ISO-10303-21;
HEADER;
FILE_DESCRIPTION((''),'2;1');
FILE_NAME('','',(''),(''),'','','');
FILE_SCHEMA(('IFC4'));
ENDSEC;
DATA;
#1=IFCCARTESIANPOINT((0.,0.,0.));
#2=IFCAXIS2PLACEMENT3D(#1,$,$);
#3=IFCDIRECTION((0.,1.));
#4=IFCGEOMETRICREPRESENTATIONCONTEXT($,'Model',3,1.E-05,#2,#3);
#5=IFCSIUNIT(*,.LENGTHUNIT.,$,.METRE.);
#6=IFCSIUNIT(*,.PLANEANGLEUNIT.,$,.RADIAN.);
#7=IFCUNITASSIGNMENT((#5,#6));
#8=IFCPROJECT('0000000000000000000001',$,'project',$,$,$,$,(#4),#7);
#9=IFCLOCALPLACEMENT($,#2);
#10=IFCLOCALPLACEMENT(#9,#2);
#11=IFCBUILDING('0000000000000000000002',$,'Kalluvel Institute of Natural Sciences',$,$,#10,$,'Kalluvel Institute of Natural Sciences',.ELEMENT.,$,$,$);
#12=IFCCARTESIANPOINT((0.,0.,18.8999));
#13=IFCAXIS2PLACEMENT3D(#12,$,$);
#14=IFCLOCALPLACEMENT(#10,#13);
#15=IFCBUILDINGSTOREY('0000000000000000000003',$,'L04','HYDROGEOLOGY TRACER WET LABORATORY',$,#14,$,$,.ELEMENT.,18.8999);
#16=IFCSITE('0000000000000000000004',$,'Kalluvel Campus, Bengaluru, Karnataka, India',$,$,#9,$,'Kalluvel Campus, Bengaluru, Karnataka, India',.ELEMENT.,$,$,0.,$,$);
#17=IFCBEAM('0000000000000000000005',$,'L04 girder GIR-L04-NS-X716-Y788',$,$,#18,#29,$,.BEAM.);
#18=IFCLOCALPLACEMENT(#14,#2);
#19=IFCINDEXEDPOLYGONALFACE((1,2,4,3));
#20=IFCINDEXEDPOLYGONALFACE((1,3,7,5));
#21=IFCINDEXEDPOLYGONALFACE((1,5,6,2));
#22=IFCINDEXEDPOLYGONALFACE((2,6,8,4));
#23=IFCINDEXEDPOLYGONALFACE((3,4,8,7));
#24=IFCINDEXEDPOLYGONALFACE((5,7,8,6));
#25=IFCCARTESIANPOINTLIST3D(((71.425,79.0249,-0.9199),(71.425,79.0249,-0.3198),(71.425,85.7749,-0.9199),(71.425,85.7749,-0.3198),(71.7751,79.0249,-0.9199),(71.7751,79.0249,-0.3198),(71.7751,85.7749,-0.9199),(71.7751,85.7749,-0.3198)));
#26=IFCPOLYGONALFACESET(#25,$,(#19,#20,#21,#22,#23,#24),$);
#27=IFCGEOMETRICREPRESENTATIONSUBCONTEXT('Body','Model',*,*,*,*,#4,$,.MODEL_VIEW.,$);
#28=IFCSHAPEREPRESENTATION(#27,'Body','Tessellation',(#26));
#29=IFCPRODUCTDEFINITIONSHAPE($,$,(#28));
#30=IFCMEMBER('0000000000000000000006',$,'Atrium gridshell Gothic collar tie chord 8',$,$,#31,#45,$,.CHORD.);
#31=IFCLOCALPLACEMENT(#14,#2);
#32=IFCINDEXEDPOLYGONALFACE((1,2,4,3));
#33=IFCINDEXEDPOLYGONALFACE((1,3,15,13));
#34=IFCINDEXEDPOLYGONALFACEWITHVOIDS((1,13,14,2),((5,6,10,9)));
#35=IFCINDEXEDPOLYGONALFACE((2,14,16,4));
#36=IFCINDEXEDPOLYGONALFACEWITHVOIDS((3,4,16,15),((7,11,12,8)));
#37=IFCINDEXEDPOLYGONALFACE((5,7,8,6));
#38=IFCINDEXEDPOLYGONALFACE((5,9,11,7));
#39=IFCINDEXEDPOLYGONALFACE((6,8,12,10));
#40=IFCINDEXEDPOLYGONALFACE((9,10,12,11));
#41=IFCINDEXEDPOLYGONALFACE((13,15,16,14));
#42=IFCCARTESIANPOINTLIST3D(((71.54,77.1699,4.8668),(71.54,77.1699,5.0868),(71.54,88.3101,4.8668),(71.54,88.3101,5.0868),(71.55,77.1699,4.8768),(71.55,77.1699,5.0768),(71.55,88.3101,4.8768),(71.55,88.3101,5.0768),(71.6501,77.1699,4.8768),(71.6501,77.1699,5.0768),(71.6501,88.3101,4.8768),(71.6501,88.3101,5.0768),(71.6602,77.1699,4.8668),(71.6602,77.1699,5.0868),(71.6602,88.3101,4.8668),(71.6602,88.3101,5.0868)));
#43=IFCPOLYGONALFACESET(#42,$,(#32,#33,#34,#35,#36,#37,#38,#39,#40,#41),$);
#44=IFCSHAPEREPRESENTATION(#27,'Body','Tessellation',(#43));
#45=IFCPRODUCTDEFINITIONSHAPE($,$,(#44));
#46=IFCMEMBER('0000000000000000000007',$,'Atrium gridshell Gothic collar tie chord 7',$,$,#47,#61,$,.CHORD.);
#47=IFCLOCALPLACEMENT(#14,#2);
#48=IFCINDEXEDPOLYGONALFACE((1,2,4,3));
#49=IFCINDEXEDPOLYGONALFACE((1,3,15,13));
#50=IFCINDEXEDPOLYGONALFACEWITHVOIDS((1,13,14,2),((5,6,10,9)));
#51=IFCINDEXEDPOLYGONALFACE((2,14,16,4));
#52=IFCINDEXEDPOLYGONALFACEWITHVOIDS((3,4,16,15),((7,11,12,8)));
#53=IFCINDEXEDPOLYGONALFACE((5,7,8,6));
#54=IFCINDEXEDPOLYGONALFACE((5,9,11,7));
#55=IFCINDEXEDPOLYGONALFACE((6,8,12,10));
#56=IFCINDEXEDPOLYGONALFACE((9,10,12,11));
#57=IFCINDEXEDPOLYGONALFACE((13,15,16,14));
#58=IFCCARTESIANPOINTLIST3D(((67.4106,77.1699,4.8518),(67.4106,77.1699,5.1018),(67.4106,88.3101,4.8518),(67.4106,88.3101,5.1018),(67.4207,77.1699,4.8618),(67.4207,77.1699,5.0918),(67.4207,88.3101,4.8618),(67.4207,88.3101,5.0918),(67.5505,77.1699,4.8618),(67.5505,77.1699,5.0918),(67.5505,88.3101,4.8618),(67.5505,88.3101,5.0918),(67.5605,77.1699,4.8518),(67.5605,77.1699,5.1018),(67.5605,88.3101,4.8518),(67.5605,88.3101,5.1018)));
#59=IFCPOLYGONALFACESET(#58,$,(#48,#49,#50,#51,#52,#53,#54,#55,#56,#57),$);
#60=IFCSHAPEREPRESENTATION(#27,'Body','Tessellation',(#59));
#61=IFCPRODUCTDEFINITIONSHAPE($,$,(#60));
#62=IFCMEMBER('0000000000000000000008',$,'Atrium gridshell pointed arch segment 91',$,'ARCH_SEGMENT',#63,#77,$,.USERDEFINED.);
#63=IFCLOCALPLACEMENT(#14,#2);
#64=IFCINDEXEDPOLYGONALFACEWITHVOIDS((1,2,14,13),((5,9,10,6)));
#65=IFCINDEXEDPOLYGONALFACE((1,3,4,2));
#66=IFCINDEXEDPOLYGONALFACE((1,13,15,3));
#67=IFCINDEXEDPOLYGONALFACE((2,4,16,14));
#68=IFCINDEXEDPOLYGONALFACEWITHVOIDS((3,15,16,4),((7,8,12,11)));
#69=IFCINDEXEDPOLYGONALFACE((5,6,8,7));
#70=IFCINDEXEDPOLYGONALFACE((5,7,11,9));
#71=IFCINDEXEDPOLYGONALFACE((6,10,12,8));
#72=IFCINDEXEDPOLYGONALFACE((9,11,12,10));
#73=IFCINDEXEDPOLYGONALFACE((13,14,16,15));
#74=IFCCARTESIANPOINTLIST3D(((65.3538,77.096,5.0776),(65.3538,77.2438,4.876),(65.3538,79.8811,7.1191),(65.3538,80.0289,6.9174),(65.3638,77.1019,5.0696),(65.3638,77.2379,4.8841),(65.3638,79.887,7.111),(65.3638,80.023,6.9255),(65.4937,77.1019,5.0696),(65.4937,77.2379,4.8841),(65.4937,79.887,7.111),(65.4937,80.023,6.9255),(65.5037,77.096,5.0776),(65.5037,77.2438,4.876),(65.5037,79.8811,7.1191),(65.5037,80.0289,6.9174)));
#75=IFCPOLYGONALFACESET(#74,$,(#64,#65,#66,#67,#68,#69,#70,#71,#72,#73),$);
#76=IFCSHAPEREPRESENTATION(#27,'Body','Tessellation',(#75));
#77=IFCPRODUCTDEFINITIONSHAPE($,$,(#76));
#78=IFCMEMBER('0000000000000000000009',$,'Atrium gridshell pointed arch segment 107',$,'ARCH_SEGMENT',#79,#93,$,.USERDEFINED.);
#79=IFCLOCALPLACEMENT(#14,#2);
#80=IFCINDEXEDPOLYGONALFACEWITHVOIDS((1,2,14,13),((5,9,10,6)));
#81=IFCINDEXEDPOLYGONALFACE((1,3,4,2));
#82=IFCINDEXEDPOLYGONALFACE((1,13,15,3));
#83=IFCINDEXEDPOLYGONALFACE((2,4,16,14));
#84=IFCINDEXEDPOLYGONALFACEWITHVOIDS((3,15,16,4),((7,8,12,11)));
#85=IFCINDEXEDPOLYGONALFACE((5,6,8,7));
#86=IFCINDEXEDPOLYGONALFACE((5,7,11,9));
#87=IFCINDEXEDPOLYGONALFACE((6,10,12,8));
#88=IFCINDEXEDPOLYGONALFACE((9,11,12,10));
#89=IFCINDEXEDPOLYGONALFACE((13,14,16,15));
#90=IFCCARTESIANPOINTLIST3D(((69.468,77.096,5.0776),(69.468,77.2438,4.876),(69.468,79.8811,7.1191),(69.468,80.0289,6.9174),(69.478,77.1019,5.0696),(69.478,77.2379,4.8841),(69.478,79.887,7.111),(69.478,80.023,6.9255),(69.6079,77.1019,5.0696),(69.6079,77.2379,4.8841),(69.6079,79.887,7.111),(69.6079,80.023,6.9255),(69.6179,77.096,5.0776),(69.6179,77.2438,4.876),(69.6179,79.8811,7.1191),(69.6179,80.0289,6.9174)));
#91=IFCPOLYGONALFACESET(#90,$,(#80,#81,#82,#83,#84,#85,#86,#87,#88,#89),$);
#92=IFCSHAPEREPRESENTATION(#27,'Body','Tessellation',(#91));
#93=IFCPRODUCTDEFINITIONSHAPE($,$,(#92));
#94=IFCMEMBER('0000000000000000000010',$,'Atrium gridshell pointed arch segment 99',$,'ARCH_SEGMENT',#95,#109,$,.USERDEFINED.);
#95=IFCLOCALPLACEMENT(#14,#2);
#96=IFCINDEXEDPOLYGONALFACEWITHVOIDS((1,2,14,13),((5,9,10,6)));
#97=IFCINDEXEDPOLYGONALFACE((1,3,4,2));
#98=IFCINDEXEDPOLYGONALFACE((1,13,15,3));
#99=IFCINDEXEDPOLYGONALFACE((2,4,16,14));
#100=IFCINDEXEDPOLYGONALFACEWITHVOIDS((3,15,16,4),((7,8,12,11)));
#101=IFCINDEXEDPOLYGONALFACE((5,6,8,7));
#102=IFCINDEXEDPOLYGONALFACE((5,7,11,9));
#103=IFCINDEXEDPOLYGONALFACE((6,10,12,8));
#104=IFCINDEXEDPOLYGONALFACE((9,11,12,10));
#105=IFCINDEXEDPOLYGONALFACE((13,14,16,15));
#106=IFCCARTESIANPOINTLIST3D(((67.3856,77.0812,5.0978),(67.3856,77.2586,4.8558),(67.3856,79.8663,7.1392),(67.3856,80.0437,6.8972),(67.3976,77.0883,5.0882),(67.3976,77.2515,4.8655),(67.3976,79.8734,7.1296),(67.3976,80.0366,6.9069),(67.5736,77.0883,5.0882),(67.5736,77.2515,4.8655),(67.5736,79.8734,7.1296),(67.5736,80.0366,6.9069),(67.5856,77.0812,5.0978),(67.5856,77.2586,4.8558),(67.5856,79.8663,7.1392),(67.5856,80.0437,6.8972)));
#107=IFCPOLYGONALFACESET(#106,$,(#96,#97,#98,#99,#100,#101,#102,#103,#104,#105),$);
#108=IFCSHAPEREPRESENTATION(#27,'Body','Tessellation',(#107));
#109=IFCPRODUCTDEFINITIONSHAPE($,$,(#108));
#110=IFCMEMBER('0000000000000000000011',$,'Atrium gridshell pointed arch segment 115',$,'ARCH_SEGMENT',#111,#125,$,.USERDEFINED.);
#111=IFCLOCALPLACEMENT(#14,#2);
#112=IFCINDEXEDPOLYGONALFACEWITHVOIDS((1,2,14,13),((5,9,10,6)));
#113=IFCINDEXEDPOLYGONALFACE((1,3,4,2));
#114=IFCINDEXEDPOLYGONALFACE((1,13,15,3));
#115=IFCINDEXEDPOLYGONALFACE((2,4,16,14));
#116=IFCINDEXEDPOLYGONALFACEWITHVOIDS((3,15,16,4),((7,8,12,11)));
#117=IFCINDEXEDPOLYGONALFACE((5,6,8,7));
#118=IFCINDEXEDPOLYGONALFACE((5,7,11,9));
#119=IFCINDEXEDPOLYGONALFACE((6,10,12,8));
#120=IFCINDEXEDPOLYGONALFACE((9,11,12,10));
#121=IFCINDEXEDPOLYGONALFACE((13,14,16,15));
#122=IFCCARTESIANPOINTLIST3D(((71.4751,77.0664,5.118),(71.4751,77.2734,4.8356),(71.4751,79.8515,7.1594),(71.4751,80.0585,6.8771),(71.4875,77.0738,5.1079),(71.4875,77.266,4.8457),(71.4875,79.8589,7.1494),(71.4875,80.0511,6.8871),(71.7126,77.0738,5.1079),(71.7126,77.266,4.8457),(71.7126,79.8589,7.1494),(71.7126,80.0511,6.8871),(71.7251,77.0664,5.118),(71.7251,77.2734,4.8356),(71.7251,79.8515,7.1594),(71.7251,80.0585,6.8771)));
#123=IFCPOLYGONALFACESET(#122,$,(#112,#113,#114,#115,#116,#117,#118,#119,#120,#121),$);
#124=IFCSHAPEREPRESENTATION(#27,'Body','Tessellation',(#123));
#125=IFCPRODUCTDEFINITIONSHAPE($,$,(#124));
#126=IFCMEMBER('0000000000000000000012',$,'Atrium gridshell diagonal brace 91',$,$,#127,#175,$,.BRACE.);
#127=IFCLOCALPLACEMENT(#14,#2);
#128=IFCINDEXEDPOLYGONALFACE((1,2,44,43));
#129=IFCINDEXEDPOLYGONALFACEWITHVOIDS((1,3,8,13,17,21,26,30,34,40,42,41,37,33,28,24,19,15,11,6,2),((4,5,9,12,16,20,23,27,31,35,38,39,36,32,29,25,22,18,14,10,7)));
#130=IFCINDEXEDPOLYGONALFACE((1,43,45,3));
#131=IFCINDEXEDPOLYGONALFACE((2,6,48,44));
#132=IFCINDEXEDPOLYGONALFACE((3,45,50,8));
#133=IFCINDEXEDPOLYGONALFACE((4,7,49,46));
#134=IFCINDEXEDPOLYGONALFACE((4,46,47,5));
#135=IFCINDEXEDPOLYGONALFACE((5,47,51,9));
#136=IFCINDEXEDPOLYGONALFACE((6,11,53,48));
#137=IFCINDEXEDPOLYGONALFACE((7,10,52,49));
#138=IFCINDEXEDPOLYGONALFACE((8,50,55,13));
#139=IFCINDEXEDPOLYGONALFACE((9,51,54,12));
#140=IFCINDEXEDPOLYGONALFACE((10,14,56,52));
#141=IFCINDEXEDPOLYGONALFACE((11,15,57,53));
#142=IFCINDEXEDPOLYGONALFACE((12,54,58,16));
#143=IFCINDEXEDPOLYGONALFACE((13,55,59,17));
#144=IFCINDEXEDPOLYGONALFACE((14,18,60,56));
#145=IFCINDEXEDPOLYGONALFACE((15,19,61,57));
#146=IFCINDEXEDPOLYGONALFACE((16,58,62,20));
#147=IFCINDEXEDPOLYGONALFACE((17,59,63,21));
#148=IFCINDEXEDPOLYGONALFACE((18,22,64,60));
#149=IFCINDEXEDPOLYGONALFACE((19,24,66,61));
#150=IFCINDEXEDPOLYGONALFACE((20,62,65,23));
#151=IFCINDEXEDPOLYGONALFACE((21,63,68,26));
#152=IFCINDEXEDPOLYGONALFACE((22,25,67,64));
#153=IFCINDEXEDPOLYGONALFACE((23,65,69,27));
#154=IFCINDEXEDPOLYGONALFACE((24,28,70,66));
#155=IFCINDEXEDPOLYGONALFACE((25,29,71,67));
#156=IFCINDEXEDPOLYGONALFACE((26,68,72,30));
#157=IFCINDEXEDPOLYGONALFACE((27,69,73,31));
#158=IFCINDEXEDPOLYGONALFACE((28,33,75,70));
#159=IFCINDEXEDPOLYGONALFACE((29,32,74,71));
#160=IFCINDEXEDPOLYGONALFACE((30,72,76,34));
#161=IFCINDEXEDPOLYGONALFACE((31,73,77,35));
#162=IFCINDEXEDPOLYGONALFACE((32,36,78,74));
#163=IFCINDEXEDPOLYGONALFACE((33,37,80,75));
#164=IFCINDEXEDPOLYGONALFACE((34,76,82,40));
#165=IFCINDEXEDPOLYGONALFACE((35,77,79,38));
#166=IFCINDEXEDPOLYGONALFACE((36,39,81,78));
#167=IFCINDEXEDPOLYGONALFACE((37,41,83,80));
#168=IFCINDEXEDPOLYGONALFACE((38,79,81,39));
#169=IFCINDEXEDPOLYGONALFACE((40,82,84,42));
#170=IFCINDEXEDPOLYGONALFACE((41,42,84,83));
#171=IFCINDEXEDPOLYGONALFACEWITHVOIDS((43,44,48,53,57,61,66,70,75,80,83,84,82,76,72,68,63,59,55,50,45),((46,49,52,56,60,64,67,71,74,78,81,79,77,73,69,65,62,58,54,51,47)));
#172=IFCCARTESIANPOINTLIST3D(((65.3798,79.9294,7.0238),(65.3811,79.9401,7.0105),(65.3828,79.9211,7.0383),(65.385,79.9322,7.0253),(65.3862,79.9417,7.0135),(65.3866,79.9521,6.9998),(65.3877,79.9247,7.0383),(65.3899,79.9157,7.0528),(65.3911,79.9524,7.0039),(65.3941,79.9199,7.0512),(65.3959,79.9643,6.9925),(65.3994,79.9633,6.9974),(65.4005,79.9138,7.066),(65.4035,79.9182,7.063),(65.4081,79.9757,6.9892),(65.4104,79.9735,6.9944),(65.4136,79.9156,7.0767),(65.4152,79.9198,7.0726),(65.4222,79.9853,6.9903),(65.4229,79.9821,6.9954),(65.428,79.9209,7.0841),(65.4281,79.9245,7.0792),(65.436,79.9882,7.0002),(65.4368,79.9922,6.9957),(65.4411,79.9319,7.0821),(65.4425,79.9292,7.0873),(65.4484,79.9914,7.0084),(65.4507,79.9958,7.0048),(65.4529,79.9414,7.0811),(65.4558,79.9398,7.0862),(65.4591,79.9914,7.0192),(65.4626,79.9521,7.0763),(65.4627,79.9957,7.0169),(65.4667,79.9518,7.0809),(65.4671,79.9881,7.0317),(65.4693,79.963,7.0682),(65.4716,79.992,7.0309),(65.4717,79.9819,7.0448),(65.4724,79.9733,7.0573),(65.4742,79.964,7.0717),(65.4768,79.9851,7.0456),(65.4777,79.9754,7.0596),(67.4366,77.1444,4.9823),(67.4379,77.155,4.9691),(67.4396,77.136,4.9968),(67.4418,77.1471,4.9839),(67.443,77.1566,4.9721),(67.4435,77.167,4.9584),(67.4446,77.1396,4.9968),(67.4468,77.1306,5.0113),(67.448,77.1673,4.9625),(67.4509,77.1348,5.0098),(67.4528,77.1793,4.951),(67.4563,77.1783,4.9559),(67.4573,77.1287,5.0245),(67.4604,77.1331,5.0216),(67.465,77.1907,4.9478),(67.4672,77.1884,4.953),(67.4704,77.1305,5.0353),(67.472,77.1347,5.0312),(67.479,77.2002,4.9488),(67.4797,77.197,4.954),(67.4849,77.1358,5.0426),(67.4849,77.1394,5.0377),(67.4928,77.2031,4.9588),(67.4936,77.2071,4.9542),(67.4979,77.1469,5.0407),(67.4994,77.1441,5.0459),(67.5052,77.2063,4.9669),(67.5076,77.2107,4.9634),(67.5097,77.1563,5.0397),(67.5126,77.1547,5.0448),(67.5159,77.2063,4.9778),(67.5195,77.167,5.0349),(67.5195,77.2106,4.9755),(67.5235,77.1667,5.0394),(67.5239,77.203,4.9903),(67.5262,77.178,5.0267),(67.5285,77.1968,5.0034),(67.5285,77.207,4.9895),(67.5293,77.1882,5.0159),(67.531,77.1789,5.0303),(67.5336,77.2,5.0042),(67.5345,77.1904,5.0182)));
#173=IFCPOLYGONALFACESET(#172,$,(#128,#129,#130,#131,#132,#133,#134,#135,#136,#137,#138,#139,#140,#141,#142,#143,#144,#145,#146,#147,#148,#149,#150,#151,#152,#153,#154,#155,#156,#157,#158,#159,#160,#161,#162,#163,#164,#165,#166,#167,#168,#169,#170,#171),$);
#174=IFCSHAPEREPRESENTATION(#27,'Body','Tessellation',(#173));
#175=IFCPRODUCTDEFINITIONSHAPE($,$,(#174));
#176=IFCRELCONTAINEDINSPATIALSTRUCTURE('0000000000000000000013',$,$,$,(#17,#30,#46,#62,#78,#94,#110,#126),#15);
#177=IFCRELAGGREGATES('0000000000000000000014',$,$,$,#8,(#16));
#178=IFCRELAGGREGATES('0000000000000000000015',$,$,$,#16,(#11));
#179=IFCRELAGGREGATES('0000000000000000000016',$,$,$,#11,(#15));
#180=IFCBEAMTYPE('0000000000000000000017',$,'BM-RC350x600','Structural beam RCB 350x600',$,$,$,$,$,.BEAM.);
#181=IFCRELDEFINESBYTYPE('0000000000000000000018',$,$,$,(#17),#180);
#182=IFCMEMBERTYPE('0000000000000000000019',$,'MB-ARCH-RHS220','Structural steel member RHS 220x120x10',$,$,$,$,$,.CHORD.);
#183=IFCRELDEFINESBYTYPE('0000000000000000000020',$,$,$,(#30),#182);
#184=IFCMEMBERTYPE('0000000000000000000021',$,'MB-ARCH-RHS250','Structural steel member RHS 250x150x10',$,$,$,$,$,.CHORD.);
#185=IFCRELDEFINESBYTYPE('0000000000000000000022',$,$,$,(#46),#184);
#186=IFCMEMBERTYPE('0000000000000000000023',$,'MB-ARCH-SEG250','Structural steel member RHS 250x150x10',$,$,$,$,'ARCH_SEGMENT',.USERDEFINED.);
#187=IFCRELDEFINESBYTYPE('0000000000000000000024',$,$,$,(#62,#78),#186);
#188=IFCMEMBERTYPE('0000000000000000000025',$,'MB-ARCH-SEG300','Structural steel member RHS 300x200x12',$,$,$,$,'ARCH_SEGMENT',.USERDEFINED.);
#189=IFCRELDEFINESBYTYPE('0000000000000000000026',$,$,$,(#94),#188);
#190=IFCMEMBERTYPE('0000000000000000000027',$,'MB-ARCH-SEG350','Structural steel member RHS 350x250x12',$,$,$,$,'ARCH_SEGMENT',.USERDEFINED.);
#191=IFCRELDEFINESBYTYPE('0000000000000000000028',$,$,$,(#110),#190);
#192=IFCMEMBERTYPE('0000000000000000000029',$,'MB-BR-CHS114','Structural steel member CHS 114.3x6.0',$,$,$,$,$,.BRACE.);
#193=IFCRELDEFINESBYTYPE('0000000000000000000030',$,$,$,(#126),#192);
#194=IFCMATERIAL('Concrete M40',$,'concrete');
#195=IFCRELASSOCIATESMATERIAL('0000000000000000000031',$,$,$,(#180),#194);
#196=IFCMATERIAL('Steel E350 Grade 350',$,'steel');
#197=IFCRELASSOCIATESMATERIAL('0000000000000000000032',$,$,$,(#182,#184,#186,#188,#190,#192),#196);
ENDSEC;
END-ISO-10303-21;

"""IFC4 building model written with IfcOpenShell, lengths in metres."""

from ifc_helpers import new_model, si_unit, direction, frame, origin, origin_2d, place, context, subcontext, project, spatial, rectangle, hollow_rectangle, hollow_circle, extrude, material, material_profile, profile_set, type_object, element, save


model = new_model("IFC4")

# Units and contexts
model_context = context("Model", 3, precision=1e-05, world=origin(), true_north=direction((0.0, 1.0)))
body_context = subcontext(model_context, "Body", "Model", "MODEL_VIEW")
ifc_project = project(units=[si_unit("LENGTHUNIT", "METRE"), si_unit("PLANEANGLEUNIT", "RADIAN")], contexts=[model_context])

# Site, building, storey
site_placement = place(None, origin())
site = spatial("IfcSite", under=ifc_project, at=site_placement, Name="Kalluvel Campus, Bengaluru, Karnataka, India", LongName="Kalluvel Campus, Bengaluru, Karnataka, India", CompositionType="ELEMENT", RefElevation=0.0)
building_placement = place(site_placement, origin())
building = spatial("IfcBuilding", under=site, at=building_placement, Name="Kalluvel Institute of Natural Sciences", LongName="Kalluvel Institute of Natural Sciences", CompositionType="ELEMENT")
storey_placement = place(building_placement, frame((0.0, 0.0, 18.8999)))
storey = spatial("IfcBuildingStorey", under=building, at=storey_placement, Name="L04", Description="HYDROGEOLOGY TRACER WET LABORATORY", CompositionType="ELEMENT", Elevation=18.8999)

# Beam
ifc_material_1 = material(Name="Concrete M40", Category="concrete")
ifc_material_profile_1 = material_profile(ifc_material_1, rectangle(XDim=0.3501, YDim=0.6001, at=origin_2d()), Name="RCB 350x600")
ifc_profile_set_1 = profile_set([ifc_material_profile_1], Name="Concrete M40")
beam_type = type_object("IfcBeamType", Name="BM-RC350x600", Description="Structural beam RCB 350x600", PredefinedType="BEAM", material=ifc_profile_set_1)
beam_placement = place(storey_placement, frame((71.6001, 79.0249, -0.6199), z_axis=(0.0, 1.0, 0.0), x_axis=(-1.0, 0.0, 0.0)))
element("IfcBeam", 1, at=beam_placement, inside=storey, type_object=beam_type, Name="L04 girder GIR-L04-NS-X716-Y788", PredefinedType="BEAM", context=body_context, shape_type="SweptSolid", body=[
    extrude(rectangle(XDim=0.3501, YDim=0.6001, at=origin_2d()), origin(), (0.0, 0.0, 1.0), 6.75),
])

# Members
ifc_material_2 = material(Name="Steel E350 Grade 350", Category="steel")
ifc_material_profile_2 = material_profile(ifc_material_2, hollow_rectangle(XDim=0.1201, YDim=0.22, WallThickness=0.01, at=origin_2d()), Name="RHS 220x120x10")
ifc_profile_set_2 = profile_set([ifc_material_profile_2], Name="Steel E350 Grade 350")
member_type_1 = type_object("IfcMemberType", Name="MB-ARCH-RHS220", Description="Structural steel member RHS 220x120x10", PredefinedType="CHORD", material=ifc_profile_set_2)
member_1_placement = place(storey_placement, frame((71.6001, 77.1699, 4.9768), z_axis=(0.0, 1.0, 0.0), x_axis=(-1.0, 0.0, 0.0)))
element("IfcMember", 2, at=member_1_placement, inside=storey, type_object=member_type_1, Name="Atrium gridshell Gothic collar tie chord 8", PredefinedType="CHORD", context=body_context, shape_type="SweptSolid", body=[
    extrude(hollow_rectangle(XDim=0.1201, YDim=0.22, WallThickness=0.01, at=origin_2d()), origin(), (0.0, 0.0, 1.0), 11.1401),
])
ifc_material_profile_3 = material_profile(ifc_material_2, hollow_rectangle(XDim=0.1499, YDim=0.25, WallThickness=0.01, at=origin_2d()), Name="RHS 250x150x10")
ifc_profile_set_3 = profile_set([ifc_material_profile_3], Name="Steel E350 Grade 350")
member_type_2 = type_object("IfcMemberType", Name="MB-ARCH-RHS250", Description="Structural steel member RHS 250x150x10", PredefinedType="CHORD", material=ifc_profile_set_3)
member_2_placement = place(storey_placement, frame((67.4856, 77.1699, 4.9768), z_axis=(0.0, 1.0, 0.0), x_axis=(-1.0, 0.0, 0.0)))
element("IfcMember", 3, at=member_2_placement, inside=storey, type_object=member_type_2, Name="Atrium gridshell Gothic collar tie chord 7", PredefinedType="CHORD", context=body_context, shape_type="SweptSolid", body=[
    extrude(hollow_rectangle(XDim=0.1499, YDim=0.25, WallThickness=0.01, at=origin_2d()), origin(), (0.0, 0.0, 1.0), 11.1401),
])
ifc_material_profile_4 = material_profile(ifc_material_2, hollow_rectangle(XDim=0.1499, YDim=0.25, WallThickness=0.01, at=origin_2d()), Name="RHS 250x150x10")
ifc_profile_set_4 = profile_set([ifc_material_profile_4], Name="Steel E350 Grade 350")
member_type_3 = type_object("IfcMemberType", Name="MB-ARCH-SEG250", Description="Structural steel member RHS 250x150x10", ElementType="ARCH_SEGMENT", PredefinedType="USERDEFINED", material=ifc_profile_set_4)
for number, where, z_axis, x_axis, name in (
    (4, (65.4287, 77.1699, 4.9768), (0.0, 0.806535, 0.591186), (-1.0, 0.0, 0.0), "Atrium gridshell pointed arch segment 91"),
    (5, (69.543, 77.1699, 4.9768), (0.0, 0.806535, 0.591186), (-1.0, 0.0, 0.0), "Atrium gridshell pointed arch segment 107"),
):
    element("IfcMember", number, at=place(storey_placement, frame(where, z_axis=z_axis, x_axis=x_axis)), inside=storey, type_object=member_type_3, Name=name, ObjectType="ARCH_SEGMENT", PredefinedType="USERDEFINED", context=body_context, shape_type="SweptSolid", body=[
        extrude(hollow_rectangle(XDim=0.1499, YDim=0.25, WallThickness=0.01, at=origin_2d()), origin(), (0.0, 0.0, 1.0), 3.4531),
    ])
ifc_material_profile_5 = material_profile(ifc_material_2, hollow_rectangle(XDim=0.2, YDim=0.3, WallThickness=0.012, at=origin_2d()), Name="RHS 300x200x12")
ifc_profile_set_5 = profile_set([ifc_material_profile_5], Name="Steel E350 Grade 350")
member_type_4 = type_object("IfcMemberType", Name="MB-ARCH-SEG300", Description="Structural steel member RHS 300x200x12", ElementType="ARCH_SEGMENT", PredefinedType="USERDEFINED", material=ifc_profile_set_5)
member_3_placement = place(storey_placement, frame((67.4856, 77.1699, 4.9768), z_axis=(0.0, 0.806535, 0.591186), x_axis=(-1.0, 0.0, 0.0)))
element("IfcMember", 6, at=member_3_placement, inside=storey, type_object=member_type_4, Name="Atrium gridshell pointed arch segment 99", ObjectType="ARCH_SEGMENT", PredefinedType="USERDEFINED", context=body_context, shape_type="SweptSolid", body=[
    extrude(hollow_rectangle(XDim=0.2, YDim=0.3, WallThickness=0.012, at=origin_2d()), origin(), (0.0, 0.0, 1.0), 3.4531),
])
ifc_material_profile_6 = material_profile(ifc_material_2, hollow_rectangle(XDim=0.25, YDim=0.3501, WallThickness=0.0125, at=origin_2d()), Name="RHS 350x250x12")
ifc_profile_set_6 = profile_set([ifc_material_profile_6], Name="Steel E350 Grade 350")
member_type_5 = type_object("IfcMemberType", Name="MB-ARCH-SEG350", Description="Structural steel member RHS 350x250x12", ElementType="ARCH_SEGMENT", PredefinedType="USERDEFINED", material=ifc_profile_set_6)
member_4_placement = place(storey_placement, frame((71.6001, 77.1699, 4.9768), z_axis=(0.0, 0.806535, 0.591186), x_axis=(-1.0, 0.0, 0.0)))
element("IfcMember", 7, at=member_4_placement, inside=storey, type_object=member_type_5, Name="Atrium gridshell pointed arch segment 115", ObjectType="ARCH_SEGMENT", PredefinedType="USERDEFINED", context=body_context, shape_type="SweptSolid", body=[
    extrude(hollow_rectangle(XDim=0.25, YDim=0.3501, WallThickness=0.0125, at=origin_2d()), origin(), (0.0, 0.0, 1.0), 3.4531),
])
ifc_material_profile_7 = material_profile(ifc_material_2, hollow_circle(Radius=0.0571, WallThickness=0.0061, at=origin_2d()), Name="CHS 114.3x6.0")
ifc_profile_set_7 = profile_set([ifc_material_profile_7], Name="Steel E350 Grade 350")
member_type_6 = type_object("IfcMemberType", Name="MB-BR-CHS114", Description="Structural steel member CHS 114.3x6.0", PredefinedType="BRACE", material=ifc_profile_set_7)
member_5_placement = place(storey_placement, frame((67.4856, 77.1699, 4.9968), z_axis=(-0.511739, 0.692928, 0.507912), x_axis=(-0.804412, -0.594072, 0.0)))
element("IfcMember", 8, at=member_5_placement, inside=storey, type_object=member_type_6, Name="Atrium gridshell diagonal brace 91", PredefinedType="BRACE", context=body_context, shape_type="SweptSolid", body=[
    extrude(hollow_circle(Radius=0.0571, WallThickness=0.0061, at=origin_2d()), origin(), (0.0, 0.0, 1.0), 4.0193),
])

save(model, "model.ifc")
